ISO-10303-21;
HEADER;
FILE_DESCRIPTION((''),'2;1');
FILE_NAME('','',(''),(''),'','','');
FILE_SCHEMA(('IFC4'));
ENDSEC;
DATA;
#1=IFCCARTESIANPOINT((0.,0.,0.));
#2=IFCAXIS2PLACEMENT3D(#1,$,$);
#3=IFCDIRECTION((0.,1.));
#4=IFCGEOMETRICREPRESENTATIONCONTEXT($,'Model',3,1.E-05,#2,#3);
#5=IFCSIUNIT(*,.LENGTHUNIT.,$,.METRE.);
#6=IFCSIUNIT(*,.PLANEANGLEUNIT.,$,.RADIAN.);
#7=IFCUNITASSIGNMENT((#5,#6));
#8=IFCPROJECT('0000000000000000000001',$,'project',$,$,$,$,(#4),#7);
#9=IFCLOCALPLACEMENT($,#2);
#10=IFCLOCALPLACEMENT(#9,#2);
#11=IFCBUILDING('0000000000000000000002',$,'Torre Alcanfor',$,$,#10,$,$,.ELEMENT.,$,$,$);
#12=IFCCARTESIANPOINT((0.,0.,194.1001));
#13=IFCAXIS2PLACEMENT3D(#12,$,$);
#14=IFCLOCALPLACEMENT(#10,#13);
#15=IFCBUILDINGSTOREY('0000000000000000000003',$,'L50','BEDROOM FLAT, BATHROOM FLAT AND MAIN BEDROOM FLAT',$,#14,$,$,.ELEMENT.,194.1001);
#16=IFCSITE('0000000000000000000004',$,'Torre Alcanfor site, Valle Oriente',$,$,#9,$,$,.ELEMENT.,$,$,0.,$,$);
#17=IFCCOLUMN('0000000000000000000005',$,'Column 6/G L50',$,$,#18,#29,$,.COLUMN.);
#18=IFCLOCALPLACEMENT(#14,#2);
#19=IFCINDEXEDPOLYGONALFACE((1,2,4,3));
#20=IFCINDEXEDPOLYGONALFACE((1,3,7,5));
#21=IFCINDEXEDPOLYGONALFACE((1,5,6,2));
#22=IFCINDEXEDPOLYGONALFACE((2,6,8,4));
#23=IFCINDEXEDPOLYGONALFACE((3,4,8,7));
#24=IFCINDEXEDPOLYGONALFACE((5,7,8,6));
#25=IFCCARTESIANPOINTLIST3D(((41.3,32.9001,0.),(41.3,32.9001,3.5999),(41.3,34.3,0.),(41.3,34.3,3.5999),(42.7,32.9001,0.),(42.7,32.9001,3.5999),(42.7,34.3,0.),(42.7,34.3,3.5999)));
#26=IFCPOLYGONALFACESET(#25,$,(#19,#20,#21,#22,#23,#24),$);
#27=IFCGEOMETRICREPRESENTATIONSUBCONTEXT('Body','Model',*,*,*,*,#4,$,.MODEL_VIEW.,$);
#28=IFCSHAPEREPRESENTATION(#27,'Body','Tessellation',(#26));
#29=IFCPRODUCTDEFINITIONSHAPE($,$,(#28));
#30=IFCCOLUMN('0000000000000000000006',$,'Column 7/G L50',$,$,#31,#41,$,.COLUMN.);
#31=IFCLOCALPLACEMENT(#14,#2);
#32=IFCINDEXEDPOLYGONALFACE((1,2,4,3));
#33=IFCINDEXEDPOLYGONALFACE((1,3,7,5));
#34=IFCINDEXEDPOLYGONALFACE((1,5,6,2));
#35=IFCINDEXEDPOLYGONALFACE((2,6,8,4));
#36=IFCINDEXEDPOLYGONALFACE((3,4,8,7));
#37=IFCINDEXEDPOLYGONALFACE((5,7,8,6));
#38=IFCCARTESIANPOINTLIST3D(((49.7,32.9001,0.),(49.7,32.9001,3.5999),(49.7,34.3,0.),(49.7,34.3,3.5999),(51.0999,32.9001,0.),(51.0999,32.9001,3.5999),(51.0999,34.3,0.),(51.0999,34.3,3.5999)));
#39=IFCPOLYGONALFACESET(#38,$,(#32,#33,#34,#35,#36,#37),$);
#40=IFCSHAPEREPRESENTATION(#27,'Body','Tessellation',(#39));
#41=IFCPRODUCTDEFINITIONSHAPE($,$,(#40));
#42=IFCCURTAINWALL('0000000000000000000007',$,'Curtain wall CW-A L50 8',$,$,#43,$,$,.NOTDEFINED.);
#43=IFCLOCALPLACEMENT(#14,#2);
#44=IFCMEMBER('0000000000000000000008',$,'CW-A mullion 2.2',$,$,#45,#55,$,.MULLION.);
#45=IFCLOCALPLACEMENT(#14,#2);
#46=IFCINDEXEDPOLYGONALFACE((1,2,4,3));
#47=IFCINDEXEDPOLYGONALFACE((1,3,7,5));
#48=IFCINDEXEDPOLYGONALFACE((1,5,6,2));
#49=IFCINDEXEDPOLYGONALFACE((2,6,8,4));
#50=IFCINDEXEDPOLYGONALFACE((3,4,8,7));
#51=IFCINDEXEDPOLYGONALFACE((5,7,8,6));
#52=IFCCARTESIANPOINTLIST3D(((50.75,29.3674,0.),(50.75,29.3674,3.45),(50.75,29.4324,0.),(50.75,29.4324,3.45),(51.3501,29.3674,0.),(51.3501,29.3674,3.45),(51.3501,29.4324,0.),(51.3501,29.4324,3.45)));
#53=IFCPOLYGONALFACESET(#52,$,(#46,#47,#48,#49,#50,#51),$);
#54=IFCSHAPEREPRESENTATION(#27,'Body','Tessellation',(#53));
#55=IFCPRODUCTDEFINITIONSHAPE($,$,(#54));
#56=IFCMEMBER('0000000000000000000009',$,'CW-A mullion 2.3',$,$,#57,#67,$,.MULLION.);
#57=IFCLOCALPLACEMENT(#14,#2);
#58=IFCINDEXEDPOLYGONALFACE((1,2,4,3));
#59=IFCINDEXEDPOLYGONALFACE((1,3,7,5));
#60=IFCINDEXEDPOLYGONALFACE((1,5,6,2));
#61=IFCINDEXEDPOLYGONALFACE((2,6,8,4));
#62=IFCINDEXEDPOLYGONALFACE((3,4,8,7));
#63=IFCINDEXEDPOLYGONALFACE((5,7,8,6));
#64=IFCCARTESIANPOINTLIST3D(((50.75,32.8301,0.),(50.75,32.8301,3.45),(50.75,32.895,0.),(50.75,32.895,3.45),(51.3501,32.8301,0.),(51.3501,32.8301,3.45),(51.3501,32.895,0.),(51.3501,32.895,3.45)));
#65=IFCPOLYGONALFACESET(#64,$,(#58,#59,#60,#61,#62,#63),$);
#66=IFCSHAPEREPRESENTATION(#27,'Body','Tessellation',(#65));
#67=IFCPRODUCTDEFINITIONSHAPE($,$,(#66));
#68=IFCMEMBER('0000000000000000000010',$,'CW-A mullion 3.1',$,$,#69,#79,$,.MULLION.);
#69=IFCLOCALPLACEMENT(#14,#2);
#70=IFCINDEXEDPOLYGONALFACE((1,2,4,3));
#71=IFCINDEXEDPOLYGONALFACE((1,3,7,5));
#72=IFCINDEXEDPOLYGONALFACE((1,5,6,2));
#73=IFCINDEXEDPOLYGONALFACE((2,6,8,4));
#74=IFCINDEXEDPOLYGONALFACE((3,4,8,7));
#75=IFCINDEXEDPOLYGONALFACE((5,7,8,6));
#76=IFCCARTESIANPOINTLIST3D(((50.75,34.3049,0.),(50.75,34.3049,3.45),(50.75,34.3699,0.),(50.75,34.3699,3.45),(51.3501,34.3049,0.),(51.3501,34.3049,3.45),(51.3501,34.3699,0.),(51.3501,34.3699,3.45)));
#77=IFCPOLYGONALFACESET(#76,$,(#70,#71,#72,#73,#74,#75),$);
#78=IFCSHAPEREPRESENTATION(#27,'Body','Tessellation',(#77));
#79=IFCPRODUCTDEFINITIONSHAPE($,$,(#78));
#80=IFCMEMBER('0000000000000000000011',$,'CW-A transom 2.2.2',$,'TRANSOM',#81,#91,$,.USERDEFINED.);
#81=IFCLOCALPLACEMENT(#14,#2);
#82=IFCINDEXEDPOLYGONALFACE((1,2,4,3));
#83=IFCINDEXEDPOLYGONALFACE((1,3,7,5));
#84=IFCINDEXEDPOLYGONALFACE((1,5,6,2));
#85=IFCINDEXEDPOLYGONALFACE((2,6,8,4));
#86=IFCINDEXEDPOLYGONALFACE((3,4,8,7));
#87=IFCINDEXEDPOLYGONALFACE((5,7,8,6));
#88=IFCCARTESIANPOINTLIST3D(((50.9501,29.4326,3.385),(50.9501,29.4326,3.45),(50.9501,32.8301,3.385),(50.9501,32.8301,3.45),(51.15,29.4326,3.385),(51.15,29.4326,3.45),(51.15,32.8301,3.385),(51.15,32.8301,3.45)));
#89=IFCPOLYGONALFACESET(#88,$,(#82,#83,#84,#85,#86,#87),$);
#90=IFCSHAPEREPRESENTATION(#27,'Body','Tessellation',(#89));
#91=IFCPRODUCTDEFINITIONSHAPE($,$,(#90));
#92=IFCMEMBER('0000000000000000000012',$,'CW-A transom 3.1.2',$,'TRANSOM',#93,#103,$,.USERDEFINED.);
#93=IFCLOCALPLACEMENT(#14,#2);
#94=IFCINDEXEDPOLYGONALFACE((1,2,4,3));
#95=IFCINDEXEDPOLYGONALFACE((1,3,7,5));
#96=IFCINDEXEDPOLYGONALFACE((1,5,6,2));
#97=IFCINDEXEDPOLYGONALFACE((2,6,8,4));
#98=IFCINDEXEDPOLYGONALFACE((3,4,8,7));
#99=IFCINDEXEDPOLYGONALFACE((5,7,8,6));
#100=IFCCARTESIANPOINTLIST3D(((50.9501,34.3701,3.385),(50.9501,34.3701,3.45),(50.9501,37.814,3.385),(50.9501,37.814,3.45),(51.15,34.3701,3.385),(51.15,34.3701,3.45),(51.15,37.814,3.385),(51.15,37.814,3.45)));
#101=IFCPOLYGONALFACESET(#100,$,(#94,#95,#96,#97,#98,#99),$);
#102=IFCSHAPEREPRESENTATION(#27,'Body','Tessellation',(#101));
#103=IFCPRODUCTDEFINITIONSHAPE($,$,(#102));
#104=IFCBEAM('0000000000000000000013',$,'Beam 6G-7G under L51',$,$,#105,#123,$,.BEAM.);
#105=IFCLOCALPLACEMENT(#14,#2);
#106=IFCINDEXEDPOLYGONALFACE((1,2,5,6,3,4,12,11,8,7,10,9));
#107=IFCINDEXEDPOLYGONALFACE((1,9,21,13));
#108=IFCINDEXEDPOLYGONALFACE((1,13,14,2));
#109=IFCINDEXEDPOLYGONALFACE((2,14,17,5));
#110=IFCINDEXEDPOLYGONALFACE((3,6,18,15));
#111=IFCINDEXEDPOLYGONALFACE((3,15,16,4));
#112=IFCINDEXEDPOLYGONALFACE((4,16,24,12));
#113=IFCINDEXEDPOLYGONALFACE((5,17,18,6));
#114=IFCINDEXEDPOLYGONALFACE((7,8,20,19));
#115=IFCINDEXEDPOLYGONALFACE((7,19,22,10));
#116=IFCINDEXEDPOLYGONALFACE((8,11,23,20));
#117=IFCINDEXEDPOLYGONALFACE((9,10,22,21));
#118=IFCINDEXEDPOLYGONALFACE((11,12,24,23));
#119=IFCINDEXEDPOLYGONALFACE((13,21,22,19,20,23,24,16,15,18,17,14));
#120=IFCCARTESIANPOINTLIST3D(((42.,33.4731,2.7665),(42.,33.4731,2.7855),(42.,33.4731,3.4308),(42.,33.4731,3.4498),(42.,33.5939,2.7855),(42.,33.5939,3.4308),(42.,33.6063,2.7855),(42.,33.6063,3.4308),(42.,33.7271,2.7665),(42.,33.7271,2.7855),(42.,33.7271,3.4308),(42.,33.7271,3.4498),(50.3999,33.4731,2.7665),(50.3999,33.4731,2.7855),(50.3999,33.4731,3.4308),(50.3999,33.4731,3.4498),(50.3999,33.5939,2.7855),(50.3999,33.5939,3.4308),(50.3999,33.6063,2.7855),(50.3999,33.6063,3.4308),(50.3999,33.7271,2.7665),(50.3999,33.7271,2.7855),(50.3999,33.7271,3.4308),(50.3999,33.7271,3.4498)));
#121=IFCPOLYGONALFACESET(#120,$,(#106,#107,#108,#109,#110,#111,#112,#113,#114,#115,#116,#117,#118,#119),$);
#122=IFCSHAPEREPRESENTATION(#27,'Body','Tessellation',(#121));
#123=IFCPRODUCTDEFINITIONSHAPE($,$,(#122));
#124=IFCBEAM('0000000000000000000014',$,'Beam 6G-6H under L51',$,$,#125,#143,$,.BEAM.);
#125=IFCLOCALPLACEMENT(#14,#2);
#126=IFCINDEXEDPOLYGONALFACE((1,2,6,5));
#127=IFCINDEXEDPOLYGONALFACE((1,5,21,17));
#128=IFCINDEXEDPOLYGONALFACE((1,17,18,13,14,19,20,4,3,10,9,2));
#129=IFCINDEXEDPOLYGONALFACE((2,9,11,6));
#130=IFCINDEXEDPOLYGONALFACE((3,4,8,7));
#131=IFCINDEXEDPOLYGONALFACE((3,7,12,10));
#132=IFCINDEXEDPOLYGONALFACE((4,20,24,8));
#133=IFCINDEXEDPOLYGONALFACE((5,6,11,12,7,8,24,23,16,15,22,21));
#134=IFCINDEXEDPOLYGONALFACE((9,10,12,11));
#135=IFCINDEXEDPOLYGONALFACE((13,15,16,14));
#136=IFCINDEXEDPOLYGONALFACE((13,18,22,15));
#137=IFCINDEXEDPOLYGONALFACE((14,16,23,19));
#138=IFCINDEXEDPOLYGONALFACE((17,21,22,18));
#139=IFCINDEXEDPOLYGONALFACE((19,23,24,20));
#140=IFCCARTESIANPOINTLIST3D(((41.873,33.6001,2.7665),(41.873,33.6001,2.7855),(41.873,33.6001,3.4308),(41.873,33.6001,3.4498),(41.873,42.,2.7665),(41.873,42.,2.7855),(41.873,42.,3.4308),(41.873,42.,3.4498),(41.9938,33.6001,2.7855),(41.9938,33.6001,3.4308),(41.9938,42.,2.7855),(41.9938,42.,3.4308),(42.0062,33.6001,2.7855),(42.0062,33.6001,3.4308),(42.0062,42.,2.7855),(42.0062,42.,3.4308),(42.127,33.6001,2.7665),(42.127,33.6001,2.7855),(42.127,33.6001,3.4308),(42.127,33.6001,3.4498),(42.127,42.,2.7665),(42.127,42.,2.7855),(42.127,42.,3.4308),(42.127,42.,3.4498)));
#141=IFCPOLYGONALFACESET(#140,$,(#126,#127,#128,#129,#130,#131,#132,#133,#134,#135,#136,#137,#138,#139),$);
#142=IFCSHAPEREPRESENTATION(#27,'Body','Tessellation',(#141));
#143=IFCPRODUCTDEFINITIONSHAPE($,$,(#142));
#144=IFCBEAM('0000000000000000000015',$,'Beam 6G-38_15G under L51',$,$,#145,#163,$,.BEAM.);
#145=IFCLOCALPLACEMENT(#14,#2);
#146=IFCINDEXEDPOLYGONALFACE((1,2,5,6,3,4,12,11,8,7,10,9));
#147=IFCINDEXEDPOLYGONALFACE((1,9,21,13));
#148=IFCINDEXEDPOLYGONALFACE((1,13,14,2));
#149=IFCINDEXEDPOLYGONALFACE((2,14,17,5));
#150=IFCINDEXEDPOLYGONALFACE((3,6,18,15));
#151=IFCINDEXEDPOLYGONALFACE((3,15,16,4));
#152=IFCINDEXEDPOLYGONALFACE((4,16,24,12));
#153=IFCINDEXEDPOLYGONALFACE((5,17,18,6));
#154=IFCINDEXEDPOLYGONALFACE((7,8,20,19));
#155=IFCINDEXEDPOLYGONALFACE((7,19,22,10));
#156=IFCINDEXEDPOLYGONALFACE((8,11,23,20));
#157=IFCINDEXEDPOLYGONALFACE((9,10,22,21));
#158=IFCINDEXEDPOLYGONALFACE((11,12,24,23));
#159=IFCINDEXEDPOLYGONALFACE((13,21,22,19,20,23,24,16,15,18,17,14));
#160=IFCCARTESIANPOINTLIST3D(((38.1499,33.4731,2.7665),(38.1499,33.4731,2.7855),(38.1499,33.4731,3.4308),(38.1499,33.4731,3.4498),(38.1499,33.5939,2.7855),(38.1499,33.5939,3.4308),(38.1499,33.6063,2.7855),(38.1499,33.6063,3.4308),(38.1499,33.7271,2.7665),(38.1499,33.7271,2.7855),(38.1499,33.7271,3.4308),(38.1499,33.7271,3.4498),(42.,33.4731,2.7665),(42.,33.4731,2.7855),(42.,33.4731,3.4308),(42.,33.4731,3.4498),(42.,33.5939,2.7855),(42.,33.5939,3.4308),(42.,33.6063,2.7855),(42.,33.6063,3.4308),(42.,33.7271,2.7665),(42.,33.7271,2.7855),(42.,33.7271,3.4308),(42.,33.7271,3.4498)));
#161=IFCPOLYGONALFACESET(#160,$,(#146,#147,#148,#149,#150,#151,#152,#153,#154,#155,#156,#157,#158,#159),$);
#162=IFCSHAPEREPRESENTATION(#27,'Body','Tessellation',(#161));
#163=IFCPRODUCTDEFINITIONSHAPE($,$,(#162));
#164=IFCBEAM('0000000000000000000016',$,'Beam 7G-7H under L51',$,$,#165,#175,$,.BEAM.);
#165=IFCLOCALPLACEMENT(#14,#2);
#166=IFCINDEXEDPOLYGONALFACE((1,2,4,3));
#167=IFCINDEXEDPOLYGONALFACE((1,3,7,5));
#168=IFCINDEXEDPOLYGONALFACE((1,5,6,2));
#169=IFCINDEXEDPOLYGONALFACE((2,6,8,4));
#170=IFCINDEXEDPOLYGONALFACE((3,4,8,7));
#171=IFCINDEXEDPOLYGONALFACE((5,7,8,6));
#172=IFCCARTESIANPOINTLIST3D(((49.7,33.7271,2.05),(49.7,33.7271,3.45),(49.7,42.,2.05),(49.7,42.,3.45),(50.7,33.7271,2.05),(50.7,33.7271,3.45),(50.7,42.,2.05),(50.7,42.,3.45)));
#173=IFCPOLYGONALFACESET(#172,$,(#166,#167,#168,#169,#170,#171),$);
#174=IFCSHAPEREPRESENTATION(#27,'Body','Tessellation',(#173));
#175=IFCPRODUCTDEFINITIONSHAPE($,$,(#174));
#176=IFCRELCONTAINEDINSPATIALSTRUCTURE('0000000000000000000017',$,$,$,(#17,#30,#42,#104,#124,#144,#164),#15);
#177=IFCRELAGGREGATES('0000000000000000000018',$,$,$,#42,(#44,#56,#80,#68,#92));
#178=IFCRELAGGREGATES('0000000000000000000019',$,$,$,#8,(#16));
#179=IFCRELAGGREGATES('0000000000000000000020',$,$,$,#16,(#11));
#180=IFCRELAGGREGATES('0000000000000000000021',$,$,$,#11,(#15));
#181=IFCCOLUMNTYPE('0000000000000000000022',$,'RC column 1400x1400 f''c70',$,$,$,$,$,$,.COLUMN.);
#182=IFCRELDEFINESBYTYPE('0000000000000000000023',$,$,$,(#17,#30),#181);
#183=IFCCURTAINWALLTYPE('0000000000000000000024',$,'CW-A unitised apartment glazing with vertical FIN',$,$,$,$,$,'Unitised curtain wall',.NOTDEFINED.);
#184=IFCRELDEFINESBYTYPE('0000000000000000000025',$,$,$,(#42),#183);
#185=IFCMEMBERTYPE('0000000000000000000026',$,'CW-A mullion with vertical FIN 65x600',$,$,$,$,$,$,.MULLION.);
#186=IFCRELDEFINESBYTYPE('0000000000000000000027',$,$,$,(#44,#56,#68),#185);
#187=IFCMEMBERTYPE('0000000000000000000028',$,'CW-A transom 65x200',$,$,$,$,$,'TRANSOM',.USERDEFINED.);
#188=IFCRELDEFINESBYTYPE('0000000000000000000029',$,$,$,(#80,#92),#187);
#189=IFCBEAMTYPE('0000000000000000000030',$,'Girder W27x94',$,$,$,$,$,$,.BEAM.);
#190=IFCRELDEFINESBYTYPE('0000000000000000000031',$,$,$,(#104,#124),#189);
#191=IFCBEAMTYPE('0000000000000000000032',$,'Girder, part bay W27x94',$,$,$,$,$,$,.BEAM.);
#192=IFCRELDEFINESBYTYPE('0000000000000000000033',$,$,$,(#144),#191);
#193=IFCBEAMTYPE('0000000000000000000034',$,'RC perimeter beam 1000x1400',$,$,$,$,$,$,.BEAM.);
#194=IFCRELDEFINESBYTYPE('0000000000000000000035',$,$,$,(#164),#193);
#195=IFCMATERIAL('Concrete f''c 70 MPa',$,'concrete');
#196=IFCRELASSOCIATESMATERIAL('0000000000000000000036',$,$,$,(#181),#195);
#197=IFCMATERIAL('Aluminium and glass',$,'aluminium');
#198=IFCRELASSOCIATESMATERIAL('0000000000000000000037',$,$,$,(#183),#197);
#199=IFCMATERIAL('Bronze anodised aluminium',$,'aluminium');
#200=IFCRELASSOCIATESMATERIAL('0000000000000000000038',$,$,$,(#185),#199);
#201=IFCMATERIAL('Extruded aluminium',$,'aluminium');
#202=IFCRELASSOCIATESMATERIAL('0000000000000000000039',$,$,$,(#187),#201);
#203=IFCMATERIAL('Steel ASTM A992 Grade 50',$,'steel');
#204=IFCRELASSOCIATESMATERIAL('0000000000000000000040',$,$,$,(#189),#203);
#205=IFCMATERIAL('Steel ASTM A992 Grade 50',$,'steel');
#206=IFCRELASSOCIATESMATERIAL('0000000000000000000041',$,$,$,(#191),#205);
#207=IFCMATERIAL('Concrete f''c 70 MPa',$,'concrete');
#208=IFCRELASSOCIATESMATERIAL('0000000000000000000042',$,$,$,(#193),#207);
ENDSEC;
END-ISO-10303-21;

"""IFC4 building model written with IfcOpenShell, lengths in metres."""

from ifc_helpers import new_model, si_unit, direction, frame, origin, origin_2d, place, context, subcontext, project, spatial, rectangle, i_section, extrude, material, material_profile, profile_set, type_object, element, aggregate, save


model = new_model("IFC4")

# Units and contexts
model_context = context("Model", 3, precision=1e-05, world=origin(), true_north=direction((0.0, 1.0)))
body_context = subcontext(model_context, "Body", "Model", "MODEL_VIEW")
ifc_project = project(units=[si_unit("LENGTHUNIT", "METRE"), si_unit("PLANEANGLEUNIT", "RADIAN")], contexts=[model_context])

# Site, building, storey
site_placement = place(None, origin())
site = spatial("IfcSite", under=ifc_project, at=site_placement, Name="Torre Alcanfor site, Valle Oriente", CompositionType="ELEMENT", RefElevation=0.0)
building_placement = place(site_placement, origin())
building = spatial("IfcBuilding", under=site, at=building_placement, Name="Torre Alcanfor", CompositionType="ELEMENT")
storey_placement = place(building_placement, frame((0.0, 0.0, 194.1001)))
storey = spatial("IfcBuildingStorey", under=building, at=storey_placement, Name="L50", Description="BEDROOM FLAT, BATHROOM FLAT AND MAIN BEDROOM FLAT", CompositionType="ELEMENT", Elevation=194.1001)

# Columns
ifc_material_1 = material(Name="Concrete f'c 70 MPa", Category="concrete")
ifc_material_profile_1 = material_profile(ifc_material_1, rectangle(XDim=1.3999, YDim=1.3999, at=origin_2d()), Name="1400x1400")
ifc_profile_set_1 = profile_set([ifc_material_profile_1], Name="Concrete f'c 70 MPa")
column_type = type_object("IfcColumnType", Name="RC column 1400x1400 f'c70", PredefinedType="COLUMN", material=ifc_profile_set_1)
for number, where, z_axis, x_axis, name in (
    (1, (42.0, 33.6001, 0.0), (0.0, 0.0, 1.0), (1.0, 0.0, 0.0), "Column 6/G L50"),
    (2, (50.3999, 33.6001, 0.0), (0.0, 0.0, 1.0), (1.0, 0.0, 0.0), "Column 7/G L50"),
):
    element("IfcColumn", number, at=place(storey_placement, frame(where, z_axis=z_axis, x_axis=x_axis)), inside=storey, type_object=column_type, Name=name, PredefinedType="COLUMN", context=body_context, shape_type="SweptSolid", body=[
        extrude(rectangle(XDim=1.3999, YDim=1.3999, at=origin_2d()), origin(), (0.0, 0.0, 1.0), 3.5999),
    ])

# Curtain wall, members
ifc_material_2 = material(Name="Aluminium and glass", Category="aluminium")
curtain_wall_type = type_object("IfcCurtainWallType", Name="CW-A unitised apartment glazing with vertical FIN", ElementType="Unitised curtain wall", PredefinedType="NOTDEFINED", material=ifc_material_2)
curtain_wall_placement = place(storey_placement, origin())
curtain_wall = element("IfcCurtainWall", 3, at=curtain_wall_placement, inside=storey, type_object=curtain_wall_type, Name="Curtain wall CW-A L50 8", PredefinedType="NOTDEFINED")
ifc_material_3 = material(Name="Bronze anodised aluminium", Category="aluminium")
ifc_material_profile_2 = material_profile(ifc_material_3, rectangle(XDim=0.6001, YDim=0.0649, at=origin_2d()), Name="CW-A mullion 65x600")
ifc_profile_set_2 = profile_set([ifc_material_profile_2], Name="Bronze anodised aluminium")
member_type_1 = type_object("IfcMemberType", Name="CW-A mullion with vertical FIN 65x600", PredefinedType="MULLION", material=ifc_profile_set_2)
member_1_placement = place(storey_placement, frame((51.05, 29.3999, 0.0), z_axis=(0.0, 0.0, 1.0), x_axis=(-1.0, 0.0, 0.0)))
member_1 = element("IfcMember", 4, at=member_1_placement, type_object=member_type_1, Name="CW-A mullion 2.2", PredefinedType="MULLION", context=body_context, shape_type="SweptSolid", body=[
    extrude(rectangle(XDim=0.6001, YDim=0.0649, at=origin_2d()), origin(), (0.0, 0.0, 1.0), 3.45),
])
member_2_placement = place(storey_placement, frame((51.05, 32.8625, 0.0), z_axis=(0.0, 0.0, 1.0), x_axis=(-1.0, 0.0, 0.0)))
member_2 = element("IfcMember", 5, at=member_2_placement, type_object=member_type_1, Name="CW-A mullion 2.3", PredefinedType="MULLION", context=body_context, shape_type="SweptSolid", body=[
    extrude(rectangle(XDim=0.6001, YDim=0.0649, at=origin_2d()), origin(), (0.0, 0.0, 1.0), 3.45),
])
member_3_placement = place(storey_placement, frame((51.05, 34.3374, 0.0), z_axis=(0.0, 0.0, 1.0), x_axis=(-1.0, 0.0, 0.0)))
member_3 = element("IfcMember", 6, at=member_3_placement, type_object=member_type_1, Name="CW-A mullion 3.1", PredefinedType="MULLION", context=body_context, shape_type="SweptSolid", body=[
    extrude(rectangle(XDim=0.6001, YDim=0.0649, at=origin_2d()), origin(), (0.0, 0.0, 1.0), 3.45),
])
ifc_material_4 = material(Name="Extruded aluminium", Category="aluminium")
ifc_material_profile_3 = material_profile(ifc_material_4, rectangle(XDim=0.2, YDim=0.0649, at=origin_2d()), Name="CW-A transom 200x65")
ifc_profile_set_3 = profile_set([ifc_material_profile_3], Name="Extruded aluminium")
member_type_2 = type_object("IfcMemberType", Name="CW-A transom 65x200", ElementType="TRANSOM", PredefinedType="USERDEFINED", material=ifc_profile_set_3)
member_4_placement = place(storey_placement, frame((51.05, 29.4326, 3.4175), z_axis=(0.0, 1.0, 0.0), x_axis=(-1.0, 0.0, 0.0)))
member_4 = element("IfcMember", 7, at=member_4_placement, type_object=member_type_2, Name="CW-A transom 2.2.2", ObjectType="TRANSOM", PredefinedType="USERDEFINED", context=body_context, shape_type="SweptSolid", body=[
    extrude(rectangle(XDim=0.2, YDim=0.0649, at=origin_2d()), origin(), (0.0, 0.0, 1.0), 3.3975),
])
member_5_placement = place(storey_placement, frame((51.05, 34.3701, 3.4175), z_axis=(0.0, 1.0, 0.0), x_axis=(-1.0, 0.0, 0.0)))
member_5 = element("IfcMember", 8, at=member_5_placement, type_object=member_type_2, Name="CW-A transom 3.1.2", ObjectType="TRANSOM", PredefinedType="USERDEFINED", context=body_context, shape_type="SweptSolid", body=[
    extrude(rectangle(XDim=0.2, YDim=0.0649, at=origin_2d()), origin(), (0.0, 0.0, 1.0), 3.4438),
])

# Beams
ifc_material_5 = material(Name="Steel ASTM A992 Grade 50", Category="steel")
ifc_material_profile_4 = material_profile(ifc_material_5, i_section(OverallWidth=0.2539, OverallDepth=0.6833, WebThickness=0.0125, FlangeThickness=0.019, at=origin_2d()), Name="W27x94")
ifc_profile_set_4 = profile_set([ifc_material_profile_4], Name="Steel ASTM A992 Grade 50")
beam_type_1 = type_object("IfcBeamType", Name="Girder W27x94", PredefinedType="BEAM", material=ifc_profile_set_4)
for number, where, z_axis, x_axis, name in (
    (9, (42.0, 33.6001, 3.1082), (1.0, 0.0, 0.0), (0.0, 1.0, 0.0), "Beam 6G-7G under L51"),
    (10, (42.0, 33.6001, 3.1082), (0.0, 1.0, 0.0), (-1.0, 0.0, 0.0), "Beam 6G-6H under L51"),
):
    element("IfcBeam", number, at=place(storey_placement, frame(where, z_axis=z_axis, x_axis=x_axis)), inside=storey, type_object=beam_type_1, Name=name, PredefinedType="BEAM", context=body_context, shape_type="SweptSolid", body=[
        extrude(i_section(OverallWidth=0.2539, OverallDepth=0.6833, WebThickness=0.0125, FlangeThickness=0.019, at=origin_2d()), origin(), (0.0, 0.0, 1.0), 8.3999),
    ])
ifc_material_6 = material(Name="Steel ASTM A992 Grade 50", Category="steel")
ifc_material_profile_5 = material_profile(ifc_material_6, i_section(OverallWidth=0.2539, OverallDepth=0.6833, WebThickness=0.0125, FlangeThickness=0.019, at=origin_2d()), Name="W27x94")
ifc_profile_set_5 = profile_set([ifc_material_profile_5], Name="Steel ASTM A992 Grade 50")
beam_type_2 = type_object("IfcBeamType", Name="Girder, part bay W27x94", PredefinedType="BEAM", material=ifc_profile_set_5)
beam_1_placement = place(storey_placement, frame((42.0, 33.6001, 3.1082), z_axis=(-1.0, 0.0, 0.0), x_axis=(0.0, -1.0, 0.0)))
element("IfcBeam", 11, at=beam_1_placement, inside=storey, type_object=beam_type_2, Name="Beam 6G-38_15G under L51", PredefinedType="BEAM", context=body_context, shape_type="SweptSolid", body=[
    extrude(i_section(OverallWidth=0.2539, OverallDepth=0.6833, WebThickness=0.0125, FlangeThickness=0.019, at=origin_2d()), origin(), (0.0, 0.0, 1.0), 3.8501),
])
ifc_material_7 = material(Name="Concrete f'c 70 MPa", Category="concrete")
ifc_material_profile_6 = material_profile(ifc_material_7, rectangle(XDim=1.0, YDim=1.3999, at=origin_2d()), Name="1000x1400")
ifc_profile_set_6 = profile_set([ifc_material_profile_6], Name="Concrete f'c 70 MPa")
beam_type_3 = type_object("IfcBeamType", Name="RC perimeter beam 1000x1400", PredefinedType="BEAM", material=ifc_profile_set_6)
beam_2_placement = place(storey_placement, frame((50.2, 33.7271, 2.75), z_axis=(0.0, 1.0, 0.0), x_axis=(-1.0, 0.0, 0.0)))
element("IfcBeam", 12, at=beam_2_placement, inside=storey, type_object=beam_type_3, Name="Beam 7G-7H under L51", PredefinedType="BEAM", context=body_context, shape_type="SweptSolid", body=[
    extrude(rectangle(XDim=1.0, YDim=1.3999, at=origin_2d()), origin(), (0.0, 0.0, 1.0), 8.2729),
])

aggregate(curtain_wall, [member_1, member_2, member_4, member_3, member_5])

save(model, "model.ifc")
